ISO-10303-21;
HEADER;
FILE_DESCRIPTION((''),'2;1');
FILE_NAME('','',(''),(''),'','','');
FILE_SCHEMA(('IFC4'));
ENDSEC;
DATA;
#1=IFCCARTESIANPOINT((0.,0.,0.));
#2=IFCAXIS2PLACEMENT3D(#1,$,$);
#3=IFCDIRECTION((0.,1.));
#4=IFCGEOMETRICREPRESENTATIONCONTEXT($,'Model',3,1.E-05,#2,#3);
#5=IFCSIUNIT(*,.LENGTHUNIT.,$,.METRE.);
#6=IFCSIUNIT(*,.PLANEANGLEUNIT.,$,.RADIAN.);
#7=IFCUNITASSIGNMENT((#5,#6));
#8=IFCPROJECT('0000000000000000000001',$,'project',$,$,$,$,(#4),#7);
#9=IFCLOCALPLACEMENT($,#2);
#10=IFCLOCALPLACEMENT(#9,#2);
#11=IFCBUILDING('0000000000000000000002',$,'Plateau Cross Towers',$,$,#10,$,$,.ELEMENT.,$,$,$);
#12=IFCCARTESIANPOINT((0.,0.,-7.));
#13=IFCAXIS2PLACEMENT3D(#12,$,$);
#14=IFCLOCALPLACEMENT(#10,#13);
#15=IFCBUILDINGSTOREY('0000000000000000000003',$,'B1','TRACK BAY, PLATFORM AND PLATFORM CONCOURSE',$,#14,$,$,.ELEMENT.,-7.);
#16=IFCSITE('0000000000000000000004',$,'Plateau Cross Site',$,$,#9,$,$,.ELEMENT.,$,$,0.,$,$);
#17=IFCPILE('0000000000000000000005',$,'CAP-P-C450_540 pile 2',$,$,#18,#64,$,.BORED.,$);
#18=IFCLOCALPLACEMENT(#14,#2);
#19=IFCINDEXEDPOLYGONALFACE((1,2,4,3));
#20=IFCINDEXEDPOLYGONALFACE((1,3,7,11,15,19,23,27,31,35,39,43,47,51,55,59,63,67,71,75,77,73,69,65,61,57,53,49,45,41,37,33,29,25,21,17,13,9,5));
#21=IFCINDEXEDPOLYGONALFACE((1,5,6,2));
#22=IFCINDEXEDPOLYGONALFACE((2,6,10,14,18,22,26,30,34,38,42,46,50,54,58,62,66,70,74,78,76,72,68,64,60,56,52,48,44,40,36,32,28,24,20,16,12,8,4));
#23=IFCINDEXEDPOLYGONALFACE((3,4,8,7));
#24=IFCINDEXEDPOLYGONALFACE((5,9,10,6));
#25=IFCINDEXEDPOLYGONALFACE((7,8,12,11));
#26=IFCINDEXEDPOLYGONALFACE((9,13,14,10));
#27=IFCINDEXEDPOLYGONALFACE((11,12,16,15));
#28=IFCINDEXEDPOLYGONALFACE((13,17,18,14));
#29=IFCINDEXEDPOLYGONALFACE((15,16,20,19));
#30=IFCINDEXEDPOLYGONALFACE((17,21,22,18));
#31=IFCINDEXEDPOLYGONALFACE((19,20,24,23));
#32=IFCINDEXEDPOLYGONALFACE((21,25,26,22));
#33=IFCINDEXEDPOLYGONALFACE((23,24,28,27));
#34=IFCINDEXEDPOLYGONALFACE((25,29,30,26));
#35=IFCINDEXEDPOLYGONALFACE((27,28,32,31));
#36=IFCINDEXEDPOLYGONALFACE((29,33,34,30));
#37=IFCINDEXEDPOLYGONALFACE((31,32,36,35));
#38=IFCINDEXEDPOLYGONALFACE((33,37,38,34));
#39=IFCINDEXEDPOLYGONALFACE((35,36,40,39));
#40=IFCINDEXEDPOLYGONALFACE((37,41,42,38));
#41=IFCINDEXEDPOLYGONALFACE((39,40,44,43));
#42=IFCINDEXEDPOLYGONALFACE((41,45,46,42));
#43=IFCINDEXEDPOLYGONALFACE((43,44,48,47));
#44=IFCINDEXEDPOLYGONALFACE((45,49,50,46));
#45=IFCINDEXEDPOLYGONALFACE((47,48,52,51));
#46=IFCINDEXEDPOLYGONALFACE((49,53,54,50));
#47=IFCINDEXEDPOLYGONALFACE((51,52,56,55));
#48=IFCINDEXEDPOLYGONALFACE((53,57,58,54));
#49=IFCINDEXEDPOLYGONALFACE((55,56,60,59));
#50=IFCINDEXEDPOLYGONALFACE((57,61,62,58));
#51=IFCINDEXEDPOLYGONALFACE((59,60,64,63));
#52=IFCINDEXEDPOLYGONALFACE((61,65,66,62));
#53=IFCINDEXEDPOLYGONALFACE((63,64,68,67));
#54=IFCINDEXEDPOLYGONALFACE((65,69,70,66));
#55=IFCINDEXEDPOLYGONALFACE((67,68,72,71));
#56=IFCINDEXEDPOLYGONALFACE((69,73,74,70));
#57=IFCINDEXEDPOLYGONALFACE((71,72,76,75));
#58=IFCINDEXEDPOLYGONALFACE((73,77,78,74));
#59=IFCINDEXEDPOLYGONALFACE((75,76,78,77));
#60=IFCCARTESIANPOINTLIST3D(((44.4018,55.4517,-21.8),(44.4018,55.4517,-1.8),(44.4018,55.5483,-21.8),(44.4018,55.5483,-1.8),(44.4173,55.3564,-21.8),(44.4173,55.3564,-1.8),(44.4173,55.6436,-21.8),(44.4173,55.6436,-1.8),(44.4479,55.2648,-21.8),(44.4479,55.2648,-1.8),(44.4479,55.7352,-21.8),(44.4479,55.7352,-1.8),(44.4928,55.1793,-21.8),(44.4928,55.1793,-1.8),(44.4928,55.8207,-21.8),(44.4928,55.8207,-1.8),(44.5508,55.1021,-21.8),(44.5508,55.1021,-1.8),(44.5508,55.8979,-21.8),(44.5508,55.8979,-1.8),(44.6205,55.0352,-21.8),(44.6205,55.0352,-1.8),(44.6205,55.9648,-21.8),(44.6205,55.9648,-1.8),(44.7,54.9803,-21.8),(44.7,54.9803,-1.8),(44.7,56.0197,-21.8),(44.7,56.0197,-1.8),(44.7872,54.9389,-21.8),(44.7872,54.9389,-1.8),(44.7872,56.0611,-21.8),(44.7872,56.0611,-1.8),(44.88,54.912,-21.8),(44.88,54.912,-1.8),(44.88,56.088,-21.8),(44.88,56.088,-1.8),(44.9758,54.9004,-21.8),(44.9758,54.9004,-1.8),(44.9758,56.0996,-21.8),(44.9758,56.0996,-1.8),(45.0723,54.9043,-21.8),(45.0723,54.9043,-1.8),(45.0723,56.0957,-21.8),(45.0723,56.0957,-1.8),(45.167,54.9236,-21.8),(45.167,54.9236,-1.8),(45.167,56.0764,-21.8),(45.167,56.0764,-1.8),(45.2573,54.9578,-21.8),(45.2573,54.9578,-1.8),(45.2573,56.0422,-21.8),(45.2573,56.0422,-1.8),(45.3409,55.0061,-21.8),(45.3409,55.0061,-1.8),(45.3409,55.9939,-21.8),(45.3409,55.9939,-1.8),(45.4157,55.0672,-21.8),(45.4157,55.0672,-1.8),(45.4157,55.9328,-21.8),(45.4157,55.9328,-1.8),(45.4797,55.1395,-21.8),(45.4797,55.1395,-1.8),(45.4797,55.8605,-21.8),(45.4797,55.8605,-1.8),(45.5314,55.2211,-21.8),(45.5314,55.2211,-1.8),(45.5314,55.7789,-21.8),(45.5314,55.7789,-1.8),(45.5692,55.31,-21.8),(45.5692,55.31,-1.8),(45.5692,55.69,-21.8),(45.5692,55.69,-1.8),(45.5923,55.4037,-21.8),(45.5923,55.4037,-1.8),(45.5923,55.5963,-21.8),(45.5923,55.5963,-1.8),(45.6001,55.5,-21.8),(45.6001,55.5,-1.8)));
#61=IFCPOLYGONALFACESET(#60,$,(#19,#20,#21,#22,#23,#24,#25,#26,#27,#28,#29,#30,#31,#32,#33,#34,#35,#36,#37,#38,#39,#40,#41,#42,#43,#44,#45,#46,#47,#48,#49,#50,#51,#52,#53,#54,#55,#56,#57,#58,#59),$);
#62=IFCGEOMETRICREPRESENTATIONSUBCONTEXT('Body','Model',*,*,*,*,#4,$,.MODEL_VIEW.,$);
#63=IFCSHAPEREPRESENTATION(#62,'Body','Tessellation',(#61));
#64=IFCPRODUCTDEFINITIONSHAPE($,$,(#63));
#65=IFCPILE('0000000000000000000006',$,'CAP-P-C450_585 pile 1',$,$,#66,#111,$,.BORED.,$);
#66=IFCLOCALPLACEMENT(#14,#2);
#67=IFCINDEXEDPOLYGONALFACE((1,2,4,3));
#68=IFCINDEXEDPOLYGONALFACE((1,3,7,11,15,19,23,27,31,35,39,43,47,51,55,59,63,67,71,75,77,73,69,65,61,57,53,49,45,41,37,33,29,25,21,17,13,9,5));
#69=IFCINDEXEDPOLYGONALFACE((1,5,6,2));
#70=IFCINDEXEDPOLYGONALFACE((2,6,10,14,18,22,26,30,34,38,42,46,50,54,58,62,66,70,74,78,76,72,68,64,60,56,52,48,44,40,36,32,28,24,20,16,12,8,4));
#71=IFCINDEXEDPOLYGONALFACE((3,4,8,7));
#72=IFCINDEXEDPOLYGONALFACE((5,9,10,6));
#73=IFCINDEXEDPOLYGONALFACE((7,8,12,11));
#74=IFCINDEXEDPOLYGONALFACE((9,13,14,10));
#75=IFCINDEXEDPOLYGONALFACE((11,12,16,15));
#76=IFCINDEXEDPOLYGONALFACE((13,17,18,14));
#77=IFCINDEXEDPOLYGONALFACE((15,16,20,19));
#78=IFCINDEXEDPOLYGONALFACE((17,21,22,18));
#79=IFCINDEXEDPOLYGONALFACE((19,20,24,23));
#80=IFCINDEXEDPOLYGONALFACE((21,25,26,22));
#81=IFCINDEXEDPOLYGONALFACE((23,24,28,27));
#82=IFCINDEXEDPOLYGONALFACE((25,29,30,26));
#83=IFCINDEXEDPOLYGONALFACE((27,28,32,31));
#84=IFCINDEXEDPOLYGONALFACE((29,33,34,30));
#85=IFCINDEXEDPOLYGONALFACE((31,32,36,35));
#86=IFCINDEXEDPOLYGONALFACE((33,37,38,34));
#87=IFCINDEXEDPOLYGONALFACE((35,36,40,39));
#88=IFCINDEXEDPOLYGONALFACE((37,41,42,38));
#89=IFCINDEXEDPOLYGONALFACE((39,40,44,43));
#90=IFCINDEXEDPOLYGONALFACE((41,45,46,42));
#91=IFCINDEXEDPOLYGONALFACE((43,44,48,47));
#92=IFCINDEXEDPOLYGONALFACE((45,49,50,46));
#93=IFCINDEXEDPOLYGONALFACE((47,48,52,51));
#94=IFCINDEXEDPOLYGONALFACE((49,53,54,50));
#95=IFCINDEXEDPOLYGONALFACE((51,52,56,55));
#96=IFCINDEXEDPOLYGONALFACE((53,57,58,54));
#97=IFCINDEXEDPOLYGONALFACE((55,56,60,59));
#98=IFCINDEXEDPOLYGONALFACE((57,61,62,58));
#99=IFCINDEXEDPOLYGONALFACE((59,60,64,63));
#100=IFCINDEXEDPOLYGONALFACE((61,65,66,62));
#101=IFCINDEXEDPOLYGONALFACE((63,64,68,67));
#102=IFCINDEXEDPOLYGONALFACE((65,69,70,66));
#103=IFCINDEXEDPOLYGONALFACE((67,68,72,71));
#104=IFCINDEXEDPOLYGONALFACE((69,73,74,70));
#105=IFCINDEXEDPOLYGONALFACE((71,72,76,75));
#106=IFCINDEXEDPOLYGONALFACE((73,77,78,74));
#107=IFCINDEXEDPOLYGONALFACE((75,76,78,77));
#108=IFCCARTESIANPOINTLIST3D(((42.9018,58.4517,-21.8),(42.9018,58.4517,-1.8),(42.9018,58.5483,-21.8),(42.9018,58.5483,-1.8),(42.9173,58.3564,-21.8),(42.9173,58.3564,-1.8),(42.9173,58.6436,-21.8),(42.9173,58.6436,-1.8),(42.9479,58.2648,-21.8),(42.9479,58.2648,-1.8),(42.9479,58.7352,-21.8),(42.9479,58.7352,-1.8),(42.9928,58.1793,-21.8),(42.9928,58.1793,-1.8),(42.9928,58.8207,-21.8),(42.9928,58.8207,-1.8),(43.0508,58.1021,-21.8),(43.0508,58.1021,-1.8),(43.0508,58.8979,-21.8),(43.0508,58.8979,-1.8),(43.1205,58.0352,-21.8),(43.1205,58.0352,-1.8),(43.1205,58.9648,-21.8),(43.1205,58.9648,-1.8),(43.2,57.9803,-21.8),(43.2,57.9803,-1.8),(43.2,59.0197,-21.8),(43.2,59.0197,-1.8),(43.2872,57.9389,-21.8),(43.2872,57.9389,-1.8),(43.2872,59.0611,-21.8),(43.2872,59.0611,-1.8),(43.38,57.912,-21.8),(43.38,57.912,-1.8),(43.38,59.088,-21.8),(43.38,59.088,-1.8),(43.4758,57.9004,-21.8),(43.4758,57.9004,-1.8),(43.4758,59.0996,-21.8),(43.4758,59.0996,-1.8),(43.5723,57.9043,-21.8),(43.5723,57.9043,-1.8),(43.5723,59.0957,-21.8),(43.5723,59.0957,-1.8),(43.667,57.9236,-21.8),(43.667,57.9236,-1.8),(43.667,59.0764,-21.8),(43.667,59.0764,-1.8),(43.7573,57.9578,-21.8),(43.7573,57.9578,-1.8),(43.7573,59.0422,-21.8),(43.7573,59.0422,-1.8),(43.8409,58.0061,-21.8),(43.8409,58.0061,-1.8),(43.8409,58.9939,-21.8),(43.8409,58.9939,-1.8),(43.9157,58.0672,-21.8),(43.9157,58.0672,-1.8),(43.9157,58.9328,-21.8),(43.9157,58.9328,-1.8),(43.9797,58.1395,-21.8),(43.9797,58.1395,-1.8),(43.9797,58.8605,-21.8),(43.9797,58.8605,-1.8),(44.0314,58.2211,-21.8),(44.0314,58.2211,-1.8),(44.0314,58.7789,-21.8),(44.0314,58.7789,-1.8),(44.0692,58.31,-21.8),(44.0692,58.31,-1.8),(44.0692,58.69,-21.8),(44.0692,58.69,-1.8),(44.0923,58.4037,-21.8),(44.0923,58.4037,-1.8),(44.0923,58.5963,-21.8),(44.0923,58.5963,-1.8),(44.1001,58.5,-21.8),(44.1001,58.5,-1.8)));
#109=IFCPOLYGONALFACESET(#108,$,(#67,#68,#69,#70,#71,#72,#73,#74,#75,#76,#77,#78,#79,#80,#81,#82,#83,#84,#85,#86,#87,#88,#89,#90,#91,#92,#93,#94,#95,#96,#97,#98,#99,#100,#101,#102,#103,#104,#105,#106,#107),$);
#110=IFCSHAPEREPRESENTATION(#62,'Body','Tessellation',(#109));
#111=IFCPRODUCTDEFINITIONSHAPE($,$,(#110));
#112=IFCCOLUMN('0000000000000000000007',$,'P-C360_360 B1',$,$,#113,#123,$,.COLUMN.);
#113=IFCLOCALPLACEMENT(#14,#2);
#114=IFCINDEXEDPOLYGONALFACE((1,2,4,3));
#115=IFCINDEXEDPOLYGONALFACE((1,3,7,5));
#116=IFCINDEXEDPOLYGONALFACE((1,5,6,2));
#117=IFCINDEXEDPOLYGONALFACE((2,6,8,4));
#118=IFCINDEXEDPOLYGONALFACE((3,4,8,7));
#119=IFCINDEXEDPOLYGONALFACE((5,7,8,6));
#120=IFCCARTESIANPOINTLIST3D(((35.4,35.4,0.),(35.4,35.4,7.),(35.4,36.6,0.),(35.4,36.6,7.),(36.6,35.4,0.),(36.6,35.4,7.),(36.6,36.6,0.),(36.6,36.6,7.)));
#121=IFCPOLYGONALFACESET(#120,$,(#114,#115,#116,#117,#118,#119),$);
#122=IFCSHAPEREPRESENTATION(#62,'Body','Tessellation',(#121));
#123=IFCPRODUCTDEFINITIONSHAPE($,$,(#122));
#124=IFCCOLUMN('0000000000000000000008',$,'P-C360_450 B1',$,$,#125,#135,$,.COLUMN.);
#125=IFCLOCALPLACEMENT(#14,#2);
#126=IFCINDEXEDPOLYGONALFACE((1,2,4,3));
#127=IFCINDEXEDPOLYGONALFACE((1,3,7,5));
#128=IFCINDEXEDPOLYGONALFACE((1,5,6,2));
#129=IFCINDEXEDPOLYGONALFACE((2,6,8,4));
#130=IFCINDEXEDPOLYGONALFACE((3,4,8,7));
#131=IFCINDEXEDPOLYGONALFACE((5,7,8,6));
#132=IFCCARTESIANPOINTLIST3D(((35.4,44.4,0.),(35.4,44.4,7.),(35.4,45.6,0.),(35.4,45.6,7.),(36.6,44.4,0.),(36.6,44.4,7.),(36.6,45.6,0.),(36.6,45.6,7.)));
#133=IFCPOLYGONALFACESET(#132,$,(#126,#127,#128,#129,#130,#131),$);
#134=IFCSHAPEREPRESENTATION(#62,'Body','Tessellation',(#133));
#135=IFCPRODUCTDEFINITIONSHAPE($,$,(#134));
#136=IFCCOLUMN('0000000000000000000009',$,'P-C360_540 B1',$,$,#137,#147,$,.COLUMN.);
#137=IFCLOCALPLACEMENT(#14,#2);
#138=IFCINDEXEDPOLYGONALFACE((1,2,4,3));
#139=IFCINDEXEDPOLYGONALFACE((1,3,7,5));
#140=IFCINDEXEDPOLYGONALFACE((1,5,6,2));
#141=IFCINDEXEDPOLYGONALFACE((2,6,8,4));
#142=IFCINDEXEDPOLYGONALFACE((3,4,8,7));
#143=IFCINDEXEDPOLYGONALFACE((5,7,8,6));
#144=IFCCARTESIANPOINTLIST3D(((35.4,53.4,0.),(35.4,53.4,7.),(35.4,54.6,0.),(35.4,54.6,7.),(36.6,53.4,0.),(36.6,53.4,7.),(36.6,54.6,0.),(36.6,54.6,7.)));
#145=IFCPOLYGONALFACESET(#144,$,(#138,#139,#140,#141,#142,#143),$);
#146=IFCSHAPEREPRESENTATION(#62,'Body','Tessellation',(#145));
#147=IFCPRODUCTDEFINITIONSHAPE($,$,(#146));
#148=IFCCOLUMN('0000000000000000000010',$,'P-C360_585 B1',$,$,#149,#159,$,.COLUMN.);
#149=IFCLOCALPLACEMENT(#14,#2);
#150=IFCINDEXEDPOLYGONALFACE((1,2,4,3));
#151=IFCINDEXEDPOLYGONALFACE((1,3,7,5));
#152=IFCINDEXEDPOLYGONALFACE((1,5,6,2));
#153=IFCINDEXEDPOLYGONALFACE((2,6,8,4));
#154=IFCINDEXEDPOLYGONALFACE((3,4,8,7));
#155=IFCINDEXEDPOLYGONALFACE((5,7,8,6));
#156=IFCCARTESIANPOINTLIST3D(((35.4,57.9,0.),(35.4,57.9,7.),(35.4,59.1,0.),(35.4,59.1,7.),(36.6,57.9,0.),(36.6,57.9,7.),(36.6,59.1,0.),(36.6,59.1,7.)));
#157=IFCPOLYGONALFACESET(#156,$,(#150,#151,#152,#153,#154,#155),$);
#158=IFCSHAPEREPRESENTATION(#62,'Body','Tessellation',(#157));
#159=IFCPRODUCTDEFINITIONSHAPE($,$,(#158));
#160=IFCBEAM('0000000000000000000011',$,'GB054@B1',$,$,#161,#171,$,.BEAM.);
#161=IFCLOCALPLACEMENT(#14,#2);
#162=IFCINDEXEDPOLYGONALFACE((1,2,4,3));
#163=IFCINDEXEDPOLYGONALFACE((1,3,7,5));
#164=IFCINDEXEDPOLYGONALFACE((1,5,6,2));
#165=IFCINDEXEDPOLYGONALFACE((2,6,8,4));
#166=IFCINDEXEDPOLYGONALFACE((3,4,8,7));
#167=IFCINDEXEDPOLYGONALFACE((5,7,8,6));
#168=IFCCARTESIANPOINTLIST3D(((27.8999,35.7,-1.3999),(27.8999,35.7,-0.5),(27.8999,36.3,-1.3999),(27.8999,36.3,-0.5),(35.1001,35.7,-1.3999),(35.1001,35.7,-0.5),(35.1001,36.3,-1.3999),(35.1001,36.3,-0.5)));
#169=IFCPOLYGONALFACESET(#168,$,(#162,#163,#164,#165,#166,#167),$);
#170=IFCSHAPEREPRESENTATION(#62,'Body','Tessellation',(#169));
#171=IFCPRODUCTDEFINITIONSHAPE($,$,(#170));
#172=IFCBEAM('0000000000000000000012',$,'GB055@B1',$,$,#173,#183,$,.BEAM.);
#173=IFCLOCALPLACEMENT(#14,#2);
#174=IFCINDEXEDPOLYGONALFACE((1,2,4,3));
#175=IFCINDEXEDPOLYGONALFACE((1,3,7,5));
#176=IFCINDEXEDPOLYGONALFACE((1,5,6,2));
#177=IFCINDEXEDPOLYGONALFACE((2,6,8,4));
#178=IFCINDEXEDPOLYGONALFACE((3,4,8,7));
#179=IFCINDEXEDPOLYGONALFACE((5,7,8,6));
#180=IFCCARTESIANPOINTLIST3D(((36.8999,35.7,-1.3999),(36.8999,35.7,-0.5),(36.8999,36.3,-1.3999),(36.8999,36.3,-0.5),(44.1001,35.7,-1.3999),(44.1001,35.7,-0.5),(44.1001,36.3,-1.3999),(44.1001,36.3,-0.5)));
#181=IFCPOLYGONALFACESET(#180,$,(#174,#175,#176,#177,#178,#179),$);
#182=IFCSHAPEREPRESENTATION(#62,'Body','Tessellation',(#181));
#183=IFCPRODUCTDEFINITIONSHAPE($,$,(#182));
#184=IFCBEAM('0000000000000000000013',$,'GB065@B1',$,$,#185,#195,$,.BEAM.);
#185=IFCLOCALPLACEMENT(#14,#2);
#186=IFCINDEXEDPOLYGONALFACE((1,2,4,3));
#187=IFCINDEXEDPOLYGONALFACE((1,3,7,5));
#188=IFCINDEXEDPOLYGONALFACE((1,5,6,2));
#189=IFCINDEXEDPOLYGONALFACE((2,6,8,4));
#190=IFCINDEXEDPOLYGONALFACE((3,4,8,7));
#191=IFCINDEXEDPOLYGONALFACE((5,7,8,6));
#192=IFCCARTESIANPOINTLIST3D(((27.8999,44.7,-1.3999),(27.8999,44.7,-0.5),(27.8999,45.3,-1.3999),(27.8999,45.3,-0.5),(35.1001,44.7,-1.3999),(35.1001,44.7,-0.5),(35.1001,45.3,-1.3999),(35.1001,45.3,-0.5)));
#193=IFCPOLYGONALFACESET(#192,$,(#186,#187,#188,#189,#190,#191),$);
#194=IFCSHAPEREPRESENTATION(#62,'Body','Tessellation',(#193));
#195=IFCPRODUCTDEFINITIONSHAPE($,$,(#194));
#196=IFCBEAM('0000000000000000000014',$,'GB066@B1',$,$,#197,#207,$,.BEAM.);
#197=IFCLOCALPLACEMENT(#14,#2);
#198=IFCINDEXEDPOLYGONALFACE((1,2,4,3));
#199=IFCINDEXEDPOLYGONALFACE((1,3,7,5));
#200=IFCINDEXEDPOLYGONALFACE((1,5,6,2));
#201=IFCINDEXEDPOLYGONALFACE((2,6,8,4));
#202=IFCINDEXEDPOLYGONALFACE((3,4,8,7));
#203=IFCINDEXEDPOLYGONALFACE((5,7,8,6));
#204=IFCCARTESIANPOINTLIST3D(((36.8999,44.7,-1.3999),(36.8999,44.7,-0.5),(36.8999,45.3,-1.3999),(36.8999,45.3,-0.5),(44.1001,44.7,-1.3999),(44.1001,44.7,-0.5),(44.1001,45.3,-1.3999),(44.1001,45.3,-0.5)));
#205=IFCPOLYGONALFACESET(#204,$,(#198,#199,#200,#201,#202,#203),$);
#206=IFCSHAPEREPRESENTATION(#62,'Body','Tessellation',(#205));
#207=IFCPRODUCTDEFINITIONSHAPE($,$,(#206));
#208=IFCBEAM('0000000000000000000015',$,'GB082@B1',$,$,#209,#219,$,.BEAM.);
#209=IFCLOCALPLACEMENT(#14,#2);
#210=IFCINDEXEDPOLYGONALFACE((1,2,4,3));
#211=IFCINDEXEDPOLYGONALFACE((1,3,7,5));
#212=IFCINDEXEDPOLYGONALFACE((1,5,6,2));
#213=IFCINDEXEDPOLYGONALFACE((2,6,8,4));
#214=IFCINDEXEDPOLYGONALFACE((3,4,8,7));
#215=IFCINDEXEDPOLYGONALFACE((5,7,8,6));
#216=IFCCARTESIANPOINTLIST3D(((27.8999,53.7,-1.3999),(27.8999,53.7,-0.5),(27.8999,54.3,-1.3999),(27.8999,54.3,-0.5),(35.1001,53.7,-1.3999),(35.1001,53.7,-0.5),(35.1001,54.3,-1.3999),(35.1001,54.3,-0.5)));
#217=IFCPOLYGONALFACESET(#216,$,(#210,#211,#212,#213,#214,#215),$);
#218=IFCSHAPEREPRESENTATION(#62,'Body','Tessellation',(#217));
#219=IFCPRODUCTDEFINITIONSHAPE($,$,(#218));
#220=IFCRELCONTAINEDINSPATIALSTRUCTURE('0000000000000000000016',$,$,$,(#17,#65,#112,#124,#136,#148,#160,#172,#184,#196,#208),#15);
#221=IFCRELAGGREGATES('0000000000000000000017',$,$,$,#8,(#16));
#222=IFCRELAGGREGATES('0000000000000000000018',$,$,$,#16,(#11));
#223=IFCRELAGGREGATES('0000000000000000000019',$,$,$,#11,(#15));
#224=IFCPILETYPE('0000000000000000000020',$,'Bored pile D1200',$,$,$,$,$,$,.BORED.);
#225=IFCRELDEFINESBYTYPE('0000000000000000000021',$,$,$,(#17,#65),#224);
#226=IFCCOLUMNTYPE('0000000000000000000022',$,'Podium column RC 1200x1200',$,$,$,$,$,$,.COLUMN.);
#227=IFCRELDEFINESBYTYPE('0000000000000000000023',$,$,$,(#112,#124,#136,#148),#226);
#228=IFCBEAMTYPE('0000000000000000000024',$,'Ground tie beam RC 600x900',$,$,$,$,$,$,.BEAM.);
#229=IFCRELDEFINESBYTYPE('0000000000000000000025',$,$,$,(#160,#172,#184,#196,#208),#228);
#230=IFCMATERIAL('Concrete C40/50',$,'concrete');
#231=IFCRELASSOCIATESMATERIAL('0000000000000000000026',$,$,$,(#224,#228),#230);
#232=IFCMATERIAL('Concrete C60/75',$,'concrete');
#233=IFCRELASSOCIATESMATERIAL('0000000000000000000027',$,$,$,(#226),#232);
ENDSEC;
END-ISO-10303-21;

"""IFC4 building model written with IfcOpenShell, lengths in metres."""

from ifc_helpers import new_model, si_unit, direction, frame, origin, origin_2d, place, context, subcontext, project, spatial, rectangle, circle, extrude, material, material_profile, profile_set, type_object, element, save


model = new_model("IFC4")

# Units and contexts
model_context = context("Model", 3, precision=1e-05, world=origin(), true_north=direction((0.0, 1.0)))
body_context = subcontext(model_context, "Body", "Model", "MODEL_VIEW")
ifc_project = project(units=[si_unit("LENGTHUNIT", "METRE"), si_unit("PLANEANGLEUNIT", "RADIAN")], contexts=[model_context])

# Site, building, storey
site_placement = place(None, origin())
site = spatial("IfcSite", under=ifc_project, at=site_placement, Name="Plateau Cross Site", CompositionType="ELEMENT", RefElevation=0.0)
building_placement = place(site_placement, origin())
building = spatial("IfcBuilding", under=site, at=building_placement, Name="Plateau Cross Towers", CompositionType="ELEMENT")
storey_placement = place(building_placement, frame((0.0, 0.0, -7.0)))
storey = spatial("IfcBuildingStorey", under=building, at=storey_placement, Name="B1", Description="TRACK BAY, PLATFORM AND PLATFORM CONCOURSE", CompositionType="ELEMENT", Elevation=-7.0)

# Piles
ifc_material_1 = material(Name="Concrete C40/50", Category="concrete")
ifc_material_profile_1 = material_profile(ifc_material_1, circle(Radius=0.6001, at=origin_2d()), Name="Bored pile D1200")
ifc_profile_set_1 = profile_set([ifc_material_profile_1], Name="Concrete C40/50")
pile_type = type_object("IfcPileType", Name="Bored pile D1200", PredefinedType="BORED", material=ifc_profile_set_1)
for number, where, z_axis, x_axis, name in (
    (1, (45.0, 55.5, -1.8), (0.0, 0.0, -1.0), (1.0, 0.0, 0.0), "CAP-P-C450_540 pile 2"),
    (2, (43.5, 58.5, -1.8), (0.0, 0.0, -1.0), (1.0, 0.0, 0.0), "CAP-P-C450_585 pile 1"),
):
    element("IfcPile", number, at=place(storey_placement, frame(where, z_axis=z_axis, x_axis=x_axis)), inside=storey, type_object=pile_type, Name=name, PredefinedType="BORED", context=body_context, shape_type="SweptSolid", body=[
        extrude(circle(Radius=0.6001, at=origin_2d()), origin(), (0.0, 0.0, 1.0), 20.0),
    ])

# Columns
ifc_material_2 = material(Name="Concrete C60/75", Category="concrete")
ifc_material_profile_2 = material_profile(ifc_material_2, rectangle(XDim=1.2, YDim=1.2, at=origin_2d()), Name="RC 1200x1200")
ifc_profile_set_2 = profile_set([ifc_material_profile_2], Name="Concrete C60/75")
column_type = type_object("IfcColumnType", Name="Podium column RC 1200x1200", PredefinedType="COLUMN", material=ifc_profile_set_2)
for number, where, z_axis, x_axis, name in (
    (3, (36.0, 36.0, 0.0), (0.0, 0.0, 1.0), (1.0, 0.0, 0.0), "P-C360_360 B1"),
    (4, (36.0, 45.0, 0.0), (0.0, 0.0, 1.0), (1.0, 0.0, 0.0), "P-C360_450 B1"),
    (5, (36.0, 54.0, 0.0), (0.0, 0.0, 1.0), (1.0, 0.0, 0.0), "P-C360_540 B1"),
    (6, (36.0, 58.5, 0.0), (0.0, 0.0, 1.0), (1.0, 0.0, 0.0), "P-C360_585 B1"),
):
    element("IfcColumn", number, at=place(storey_placement, frame(where, z_axis=z_axis, x_axis=x_axis)), inside=storey, type_object=column_type, Name=name, PredefinedType="COLUMN", context=body_context, shape_type="SweptSolid", body=[
        extrude(rectangle(XDim=1.2, YDim=1.2, at=origin_2d()), origin(), (0.0, 0.0, 1.0), 7.0),
    ])

# Beams
ifc_material_profile_3 = material_profile(ifc_material_1, rectangle(XDim=0.6001, YDim=0.8999, at=origin_2d()), Name="RC 600x900")
ifc_profile_set_3 = profile_set([ifc_material_profile_3], Name="Concrete C40/50")
beam_type = type_object("IfcBeamType", Name="Ground tie beam RC 600x900", PredefinedType="BEAM", material=ifc_profile_set_3)
for number, where, z_axis, x_axis, name in (
    (7, (27.8999, 36.0, -0.95), (1.0, 0.0, 0.0), (0.0, 1.0, 0.0), "GB054@B1"),
    (8, (36.8999, 36.0, -0.95), (1.0, 0.0, 0.0), (0.0, 1.0, 0.0), "GB055@B1"),
    (9, (27.8999, 45.0, -0.95), (1.0, 0.0, 0.0), (0.0, 1.0, 0.0), "GB065@B1"),
    (10, (36.8999, 45.0, -0.95), (1.0, 0.0, 0.0), (0.0, 1.0, 0.0), "GB066@B1"),
    (11, (27.8999, 54.0, -0.95), (1.0, 0.0, 0.0), (0.0, 1.0, 0.0), "GB082@B1"),
):
    element("IfcBeam", number, at=place(storey_placement, frame(where, z_axis=z_axis, x_axis=x_axis)), inside=storey, type_object=beam_type, Name=name, PredefinedType="BEAM", context=body_context, shape_type="SweptSolid", body=[
        extrude(rectangle(XDim=0.6001, YDim=0.8999, at=origin_2d()), origin(), (0.0, 0.0, 1.0), 7.2002),
    ])

save(model, "model.ifc")
